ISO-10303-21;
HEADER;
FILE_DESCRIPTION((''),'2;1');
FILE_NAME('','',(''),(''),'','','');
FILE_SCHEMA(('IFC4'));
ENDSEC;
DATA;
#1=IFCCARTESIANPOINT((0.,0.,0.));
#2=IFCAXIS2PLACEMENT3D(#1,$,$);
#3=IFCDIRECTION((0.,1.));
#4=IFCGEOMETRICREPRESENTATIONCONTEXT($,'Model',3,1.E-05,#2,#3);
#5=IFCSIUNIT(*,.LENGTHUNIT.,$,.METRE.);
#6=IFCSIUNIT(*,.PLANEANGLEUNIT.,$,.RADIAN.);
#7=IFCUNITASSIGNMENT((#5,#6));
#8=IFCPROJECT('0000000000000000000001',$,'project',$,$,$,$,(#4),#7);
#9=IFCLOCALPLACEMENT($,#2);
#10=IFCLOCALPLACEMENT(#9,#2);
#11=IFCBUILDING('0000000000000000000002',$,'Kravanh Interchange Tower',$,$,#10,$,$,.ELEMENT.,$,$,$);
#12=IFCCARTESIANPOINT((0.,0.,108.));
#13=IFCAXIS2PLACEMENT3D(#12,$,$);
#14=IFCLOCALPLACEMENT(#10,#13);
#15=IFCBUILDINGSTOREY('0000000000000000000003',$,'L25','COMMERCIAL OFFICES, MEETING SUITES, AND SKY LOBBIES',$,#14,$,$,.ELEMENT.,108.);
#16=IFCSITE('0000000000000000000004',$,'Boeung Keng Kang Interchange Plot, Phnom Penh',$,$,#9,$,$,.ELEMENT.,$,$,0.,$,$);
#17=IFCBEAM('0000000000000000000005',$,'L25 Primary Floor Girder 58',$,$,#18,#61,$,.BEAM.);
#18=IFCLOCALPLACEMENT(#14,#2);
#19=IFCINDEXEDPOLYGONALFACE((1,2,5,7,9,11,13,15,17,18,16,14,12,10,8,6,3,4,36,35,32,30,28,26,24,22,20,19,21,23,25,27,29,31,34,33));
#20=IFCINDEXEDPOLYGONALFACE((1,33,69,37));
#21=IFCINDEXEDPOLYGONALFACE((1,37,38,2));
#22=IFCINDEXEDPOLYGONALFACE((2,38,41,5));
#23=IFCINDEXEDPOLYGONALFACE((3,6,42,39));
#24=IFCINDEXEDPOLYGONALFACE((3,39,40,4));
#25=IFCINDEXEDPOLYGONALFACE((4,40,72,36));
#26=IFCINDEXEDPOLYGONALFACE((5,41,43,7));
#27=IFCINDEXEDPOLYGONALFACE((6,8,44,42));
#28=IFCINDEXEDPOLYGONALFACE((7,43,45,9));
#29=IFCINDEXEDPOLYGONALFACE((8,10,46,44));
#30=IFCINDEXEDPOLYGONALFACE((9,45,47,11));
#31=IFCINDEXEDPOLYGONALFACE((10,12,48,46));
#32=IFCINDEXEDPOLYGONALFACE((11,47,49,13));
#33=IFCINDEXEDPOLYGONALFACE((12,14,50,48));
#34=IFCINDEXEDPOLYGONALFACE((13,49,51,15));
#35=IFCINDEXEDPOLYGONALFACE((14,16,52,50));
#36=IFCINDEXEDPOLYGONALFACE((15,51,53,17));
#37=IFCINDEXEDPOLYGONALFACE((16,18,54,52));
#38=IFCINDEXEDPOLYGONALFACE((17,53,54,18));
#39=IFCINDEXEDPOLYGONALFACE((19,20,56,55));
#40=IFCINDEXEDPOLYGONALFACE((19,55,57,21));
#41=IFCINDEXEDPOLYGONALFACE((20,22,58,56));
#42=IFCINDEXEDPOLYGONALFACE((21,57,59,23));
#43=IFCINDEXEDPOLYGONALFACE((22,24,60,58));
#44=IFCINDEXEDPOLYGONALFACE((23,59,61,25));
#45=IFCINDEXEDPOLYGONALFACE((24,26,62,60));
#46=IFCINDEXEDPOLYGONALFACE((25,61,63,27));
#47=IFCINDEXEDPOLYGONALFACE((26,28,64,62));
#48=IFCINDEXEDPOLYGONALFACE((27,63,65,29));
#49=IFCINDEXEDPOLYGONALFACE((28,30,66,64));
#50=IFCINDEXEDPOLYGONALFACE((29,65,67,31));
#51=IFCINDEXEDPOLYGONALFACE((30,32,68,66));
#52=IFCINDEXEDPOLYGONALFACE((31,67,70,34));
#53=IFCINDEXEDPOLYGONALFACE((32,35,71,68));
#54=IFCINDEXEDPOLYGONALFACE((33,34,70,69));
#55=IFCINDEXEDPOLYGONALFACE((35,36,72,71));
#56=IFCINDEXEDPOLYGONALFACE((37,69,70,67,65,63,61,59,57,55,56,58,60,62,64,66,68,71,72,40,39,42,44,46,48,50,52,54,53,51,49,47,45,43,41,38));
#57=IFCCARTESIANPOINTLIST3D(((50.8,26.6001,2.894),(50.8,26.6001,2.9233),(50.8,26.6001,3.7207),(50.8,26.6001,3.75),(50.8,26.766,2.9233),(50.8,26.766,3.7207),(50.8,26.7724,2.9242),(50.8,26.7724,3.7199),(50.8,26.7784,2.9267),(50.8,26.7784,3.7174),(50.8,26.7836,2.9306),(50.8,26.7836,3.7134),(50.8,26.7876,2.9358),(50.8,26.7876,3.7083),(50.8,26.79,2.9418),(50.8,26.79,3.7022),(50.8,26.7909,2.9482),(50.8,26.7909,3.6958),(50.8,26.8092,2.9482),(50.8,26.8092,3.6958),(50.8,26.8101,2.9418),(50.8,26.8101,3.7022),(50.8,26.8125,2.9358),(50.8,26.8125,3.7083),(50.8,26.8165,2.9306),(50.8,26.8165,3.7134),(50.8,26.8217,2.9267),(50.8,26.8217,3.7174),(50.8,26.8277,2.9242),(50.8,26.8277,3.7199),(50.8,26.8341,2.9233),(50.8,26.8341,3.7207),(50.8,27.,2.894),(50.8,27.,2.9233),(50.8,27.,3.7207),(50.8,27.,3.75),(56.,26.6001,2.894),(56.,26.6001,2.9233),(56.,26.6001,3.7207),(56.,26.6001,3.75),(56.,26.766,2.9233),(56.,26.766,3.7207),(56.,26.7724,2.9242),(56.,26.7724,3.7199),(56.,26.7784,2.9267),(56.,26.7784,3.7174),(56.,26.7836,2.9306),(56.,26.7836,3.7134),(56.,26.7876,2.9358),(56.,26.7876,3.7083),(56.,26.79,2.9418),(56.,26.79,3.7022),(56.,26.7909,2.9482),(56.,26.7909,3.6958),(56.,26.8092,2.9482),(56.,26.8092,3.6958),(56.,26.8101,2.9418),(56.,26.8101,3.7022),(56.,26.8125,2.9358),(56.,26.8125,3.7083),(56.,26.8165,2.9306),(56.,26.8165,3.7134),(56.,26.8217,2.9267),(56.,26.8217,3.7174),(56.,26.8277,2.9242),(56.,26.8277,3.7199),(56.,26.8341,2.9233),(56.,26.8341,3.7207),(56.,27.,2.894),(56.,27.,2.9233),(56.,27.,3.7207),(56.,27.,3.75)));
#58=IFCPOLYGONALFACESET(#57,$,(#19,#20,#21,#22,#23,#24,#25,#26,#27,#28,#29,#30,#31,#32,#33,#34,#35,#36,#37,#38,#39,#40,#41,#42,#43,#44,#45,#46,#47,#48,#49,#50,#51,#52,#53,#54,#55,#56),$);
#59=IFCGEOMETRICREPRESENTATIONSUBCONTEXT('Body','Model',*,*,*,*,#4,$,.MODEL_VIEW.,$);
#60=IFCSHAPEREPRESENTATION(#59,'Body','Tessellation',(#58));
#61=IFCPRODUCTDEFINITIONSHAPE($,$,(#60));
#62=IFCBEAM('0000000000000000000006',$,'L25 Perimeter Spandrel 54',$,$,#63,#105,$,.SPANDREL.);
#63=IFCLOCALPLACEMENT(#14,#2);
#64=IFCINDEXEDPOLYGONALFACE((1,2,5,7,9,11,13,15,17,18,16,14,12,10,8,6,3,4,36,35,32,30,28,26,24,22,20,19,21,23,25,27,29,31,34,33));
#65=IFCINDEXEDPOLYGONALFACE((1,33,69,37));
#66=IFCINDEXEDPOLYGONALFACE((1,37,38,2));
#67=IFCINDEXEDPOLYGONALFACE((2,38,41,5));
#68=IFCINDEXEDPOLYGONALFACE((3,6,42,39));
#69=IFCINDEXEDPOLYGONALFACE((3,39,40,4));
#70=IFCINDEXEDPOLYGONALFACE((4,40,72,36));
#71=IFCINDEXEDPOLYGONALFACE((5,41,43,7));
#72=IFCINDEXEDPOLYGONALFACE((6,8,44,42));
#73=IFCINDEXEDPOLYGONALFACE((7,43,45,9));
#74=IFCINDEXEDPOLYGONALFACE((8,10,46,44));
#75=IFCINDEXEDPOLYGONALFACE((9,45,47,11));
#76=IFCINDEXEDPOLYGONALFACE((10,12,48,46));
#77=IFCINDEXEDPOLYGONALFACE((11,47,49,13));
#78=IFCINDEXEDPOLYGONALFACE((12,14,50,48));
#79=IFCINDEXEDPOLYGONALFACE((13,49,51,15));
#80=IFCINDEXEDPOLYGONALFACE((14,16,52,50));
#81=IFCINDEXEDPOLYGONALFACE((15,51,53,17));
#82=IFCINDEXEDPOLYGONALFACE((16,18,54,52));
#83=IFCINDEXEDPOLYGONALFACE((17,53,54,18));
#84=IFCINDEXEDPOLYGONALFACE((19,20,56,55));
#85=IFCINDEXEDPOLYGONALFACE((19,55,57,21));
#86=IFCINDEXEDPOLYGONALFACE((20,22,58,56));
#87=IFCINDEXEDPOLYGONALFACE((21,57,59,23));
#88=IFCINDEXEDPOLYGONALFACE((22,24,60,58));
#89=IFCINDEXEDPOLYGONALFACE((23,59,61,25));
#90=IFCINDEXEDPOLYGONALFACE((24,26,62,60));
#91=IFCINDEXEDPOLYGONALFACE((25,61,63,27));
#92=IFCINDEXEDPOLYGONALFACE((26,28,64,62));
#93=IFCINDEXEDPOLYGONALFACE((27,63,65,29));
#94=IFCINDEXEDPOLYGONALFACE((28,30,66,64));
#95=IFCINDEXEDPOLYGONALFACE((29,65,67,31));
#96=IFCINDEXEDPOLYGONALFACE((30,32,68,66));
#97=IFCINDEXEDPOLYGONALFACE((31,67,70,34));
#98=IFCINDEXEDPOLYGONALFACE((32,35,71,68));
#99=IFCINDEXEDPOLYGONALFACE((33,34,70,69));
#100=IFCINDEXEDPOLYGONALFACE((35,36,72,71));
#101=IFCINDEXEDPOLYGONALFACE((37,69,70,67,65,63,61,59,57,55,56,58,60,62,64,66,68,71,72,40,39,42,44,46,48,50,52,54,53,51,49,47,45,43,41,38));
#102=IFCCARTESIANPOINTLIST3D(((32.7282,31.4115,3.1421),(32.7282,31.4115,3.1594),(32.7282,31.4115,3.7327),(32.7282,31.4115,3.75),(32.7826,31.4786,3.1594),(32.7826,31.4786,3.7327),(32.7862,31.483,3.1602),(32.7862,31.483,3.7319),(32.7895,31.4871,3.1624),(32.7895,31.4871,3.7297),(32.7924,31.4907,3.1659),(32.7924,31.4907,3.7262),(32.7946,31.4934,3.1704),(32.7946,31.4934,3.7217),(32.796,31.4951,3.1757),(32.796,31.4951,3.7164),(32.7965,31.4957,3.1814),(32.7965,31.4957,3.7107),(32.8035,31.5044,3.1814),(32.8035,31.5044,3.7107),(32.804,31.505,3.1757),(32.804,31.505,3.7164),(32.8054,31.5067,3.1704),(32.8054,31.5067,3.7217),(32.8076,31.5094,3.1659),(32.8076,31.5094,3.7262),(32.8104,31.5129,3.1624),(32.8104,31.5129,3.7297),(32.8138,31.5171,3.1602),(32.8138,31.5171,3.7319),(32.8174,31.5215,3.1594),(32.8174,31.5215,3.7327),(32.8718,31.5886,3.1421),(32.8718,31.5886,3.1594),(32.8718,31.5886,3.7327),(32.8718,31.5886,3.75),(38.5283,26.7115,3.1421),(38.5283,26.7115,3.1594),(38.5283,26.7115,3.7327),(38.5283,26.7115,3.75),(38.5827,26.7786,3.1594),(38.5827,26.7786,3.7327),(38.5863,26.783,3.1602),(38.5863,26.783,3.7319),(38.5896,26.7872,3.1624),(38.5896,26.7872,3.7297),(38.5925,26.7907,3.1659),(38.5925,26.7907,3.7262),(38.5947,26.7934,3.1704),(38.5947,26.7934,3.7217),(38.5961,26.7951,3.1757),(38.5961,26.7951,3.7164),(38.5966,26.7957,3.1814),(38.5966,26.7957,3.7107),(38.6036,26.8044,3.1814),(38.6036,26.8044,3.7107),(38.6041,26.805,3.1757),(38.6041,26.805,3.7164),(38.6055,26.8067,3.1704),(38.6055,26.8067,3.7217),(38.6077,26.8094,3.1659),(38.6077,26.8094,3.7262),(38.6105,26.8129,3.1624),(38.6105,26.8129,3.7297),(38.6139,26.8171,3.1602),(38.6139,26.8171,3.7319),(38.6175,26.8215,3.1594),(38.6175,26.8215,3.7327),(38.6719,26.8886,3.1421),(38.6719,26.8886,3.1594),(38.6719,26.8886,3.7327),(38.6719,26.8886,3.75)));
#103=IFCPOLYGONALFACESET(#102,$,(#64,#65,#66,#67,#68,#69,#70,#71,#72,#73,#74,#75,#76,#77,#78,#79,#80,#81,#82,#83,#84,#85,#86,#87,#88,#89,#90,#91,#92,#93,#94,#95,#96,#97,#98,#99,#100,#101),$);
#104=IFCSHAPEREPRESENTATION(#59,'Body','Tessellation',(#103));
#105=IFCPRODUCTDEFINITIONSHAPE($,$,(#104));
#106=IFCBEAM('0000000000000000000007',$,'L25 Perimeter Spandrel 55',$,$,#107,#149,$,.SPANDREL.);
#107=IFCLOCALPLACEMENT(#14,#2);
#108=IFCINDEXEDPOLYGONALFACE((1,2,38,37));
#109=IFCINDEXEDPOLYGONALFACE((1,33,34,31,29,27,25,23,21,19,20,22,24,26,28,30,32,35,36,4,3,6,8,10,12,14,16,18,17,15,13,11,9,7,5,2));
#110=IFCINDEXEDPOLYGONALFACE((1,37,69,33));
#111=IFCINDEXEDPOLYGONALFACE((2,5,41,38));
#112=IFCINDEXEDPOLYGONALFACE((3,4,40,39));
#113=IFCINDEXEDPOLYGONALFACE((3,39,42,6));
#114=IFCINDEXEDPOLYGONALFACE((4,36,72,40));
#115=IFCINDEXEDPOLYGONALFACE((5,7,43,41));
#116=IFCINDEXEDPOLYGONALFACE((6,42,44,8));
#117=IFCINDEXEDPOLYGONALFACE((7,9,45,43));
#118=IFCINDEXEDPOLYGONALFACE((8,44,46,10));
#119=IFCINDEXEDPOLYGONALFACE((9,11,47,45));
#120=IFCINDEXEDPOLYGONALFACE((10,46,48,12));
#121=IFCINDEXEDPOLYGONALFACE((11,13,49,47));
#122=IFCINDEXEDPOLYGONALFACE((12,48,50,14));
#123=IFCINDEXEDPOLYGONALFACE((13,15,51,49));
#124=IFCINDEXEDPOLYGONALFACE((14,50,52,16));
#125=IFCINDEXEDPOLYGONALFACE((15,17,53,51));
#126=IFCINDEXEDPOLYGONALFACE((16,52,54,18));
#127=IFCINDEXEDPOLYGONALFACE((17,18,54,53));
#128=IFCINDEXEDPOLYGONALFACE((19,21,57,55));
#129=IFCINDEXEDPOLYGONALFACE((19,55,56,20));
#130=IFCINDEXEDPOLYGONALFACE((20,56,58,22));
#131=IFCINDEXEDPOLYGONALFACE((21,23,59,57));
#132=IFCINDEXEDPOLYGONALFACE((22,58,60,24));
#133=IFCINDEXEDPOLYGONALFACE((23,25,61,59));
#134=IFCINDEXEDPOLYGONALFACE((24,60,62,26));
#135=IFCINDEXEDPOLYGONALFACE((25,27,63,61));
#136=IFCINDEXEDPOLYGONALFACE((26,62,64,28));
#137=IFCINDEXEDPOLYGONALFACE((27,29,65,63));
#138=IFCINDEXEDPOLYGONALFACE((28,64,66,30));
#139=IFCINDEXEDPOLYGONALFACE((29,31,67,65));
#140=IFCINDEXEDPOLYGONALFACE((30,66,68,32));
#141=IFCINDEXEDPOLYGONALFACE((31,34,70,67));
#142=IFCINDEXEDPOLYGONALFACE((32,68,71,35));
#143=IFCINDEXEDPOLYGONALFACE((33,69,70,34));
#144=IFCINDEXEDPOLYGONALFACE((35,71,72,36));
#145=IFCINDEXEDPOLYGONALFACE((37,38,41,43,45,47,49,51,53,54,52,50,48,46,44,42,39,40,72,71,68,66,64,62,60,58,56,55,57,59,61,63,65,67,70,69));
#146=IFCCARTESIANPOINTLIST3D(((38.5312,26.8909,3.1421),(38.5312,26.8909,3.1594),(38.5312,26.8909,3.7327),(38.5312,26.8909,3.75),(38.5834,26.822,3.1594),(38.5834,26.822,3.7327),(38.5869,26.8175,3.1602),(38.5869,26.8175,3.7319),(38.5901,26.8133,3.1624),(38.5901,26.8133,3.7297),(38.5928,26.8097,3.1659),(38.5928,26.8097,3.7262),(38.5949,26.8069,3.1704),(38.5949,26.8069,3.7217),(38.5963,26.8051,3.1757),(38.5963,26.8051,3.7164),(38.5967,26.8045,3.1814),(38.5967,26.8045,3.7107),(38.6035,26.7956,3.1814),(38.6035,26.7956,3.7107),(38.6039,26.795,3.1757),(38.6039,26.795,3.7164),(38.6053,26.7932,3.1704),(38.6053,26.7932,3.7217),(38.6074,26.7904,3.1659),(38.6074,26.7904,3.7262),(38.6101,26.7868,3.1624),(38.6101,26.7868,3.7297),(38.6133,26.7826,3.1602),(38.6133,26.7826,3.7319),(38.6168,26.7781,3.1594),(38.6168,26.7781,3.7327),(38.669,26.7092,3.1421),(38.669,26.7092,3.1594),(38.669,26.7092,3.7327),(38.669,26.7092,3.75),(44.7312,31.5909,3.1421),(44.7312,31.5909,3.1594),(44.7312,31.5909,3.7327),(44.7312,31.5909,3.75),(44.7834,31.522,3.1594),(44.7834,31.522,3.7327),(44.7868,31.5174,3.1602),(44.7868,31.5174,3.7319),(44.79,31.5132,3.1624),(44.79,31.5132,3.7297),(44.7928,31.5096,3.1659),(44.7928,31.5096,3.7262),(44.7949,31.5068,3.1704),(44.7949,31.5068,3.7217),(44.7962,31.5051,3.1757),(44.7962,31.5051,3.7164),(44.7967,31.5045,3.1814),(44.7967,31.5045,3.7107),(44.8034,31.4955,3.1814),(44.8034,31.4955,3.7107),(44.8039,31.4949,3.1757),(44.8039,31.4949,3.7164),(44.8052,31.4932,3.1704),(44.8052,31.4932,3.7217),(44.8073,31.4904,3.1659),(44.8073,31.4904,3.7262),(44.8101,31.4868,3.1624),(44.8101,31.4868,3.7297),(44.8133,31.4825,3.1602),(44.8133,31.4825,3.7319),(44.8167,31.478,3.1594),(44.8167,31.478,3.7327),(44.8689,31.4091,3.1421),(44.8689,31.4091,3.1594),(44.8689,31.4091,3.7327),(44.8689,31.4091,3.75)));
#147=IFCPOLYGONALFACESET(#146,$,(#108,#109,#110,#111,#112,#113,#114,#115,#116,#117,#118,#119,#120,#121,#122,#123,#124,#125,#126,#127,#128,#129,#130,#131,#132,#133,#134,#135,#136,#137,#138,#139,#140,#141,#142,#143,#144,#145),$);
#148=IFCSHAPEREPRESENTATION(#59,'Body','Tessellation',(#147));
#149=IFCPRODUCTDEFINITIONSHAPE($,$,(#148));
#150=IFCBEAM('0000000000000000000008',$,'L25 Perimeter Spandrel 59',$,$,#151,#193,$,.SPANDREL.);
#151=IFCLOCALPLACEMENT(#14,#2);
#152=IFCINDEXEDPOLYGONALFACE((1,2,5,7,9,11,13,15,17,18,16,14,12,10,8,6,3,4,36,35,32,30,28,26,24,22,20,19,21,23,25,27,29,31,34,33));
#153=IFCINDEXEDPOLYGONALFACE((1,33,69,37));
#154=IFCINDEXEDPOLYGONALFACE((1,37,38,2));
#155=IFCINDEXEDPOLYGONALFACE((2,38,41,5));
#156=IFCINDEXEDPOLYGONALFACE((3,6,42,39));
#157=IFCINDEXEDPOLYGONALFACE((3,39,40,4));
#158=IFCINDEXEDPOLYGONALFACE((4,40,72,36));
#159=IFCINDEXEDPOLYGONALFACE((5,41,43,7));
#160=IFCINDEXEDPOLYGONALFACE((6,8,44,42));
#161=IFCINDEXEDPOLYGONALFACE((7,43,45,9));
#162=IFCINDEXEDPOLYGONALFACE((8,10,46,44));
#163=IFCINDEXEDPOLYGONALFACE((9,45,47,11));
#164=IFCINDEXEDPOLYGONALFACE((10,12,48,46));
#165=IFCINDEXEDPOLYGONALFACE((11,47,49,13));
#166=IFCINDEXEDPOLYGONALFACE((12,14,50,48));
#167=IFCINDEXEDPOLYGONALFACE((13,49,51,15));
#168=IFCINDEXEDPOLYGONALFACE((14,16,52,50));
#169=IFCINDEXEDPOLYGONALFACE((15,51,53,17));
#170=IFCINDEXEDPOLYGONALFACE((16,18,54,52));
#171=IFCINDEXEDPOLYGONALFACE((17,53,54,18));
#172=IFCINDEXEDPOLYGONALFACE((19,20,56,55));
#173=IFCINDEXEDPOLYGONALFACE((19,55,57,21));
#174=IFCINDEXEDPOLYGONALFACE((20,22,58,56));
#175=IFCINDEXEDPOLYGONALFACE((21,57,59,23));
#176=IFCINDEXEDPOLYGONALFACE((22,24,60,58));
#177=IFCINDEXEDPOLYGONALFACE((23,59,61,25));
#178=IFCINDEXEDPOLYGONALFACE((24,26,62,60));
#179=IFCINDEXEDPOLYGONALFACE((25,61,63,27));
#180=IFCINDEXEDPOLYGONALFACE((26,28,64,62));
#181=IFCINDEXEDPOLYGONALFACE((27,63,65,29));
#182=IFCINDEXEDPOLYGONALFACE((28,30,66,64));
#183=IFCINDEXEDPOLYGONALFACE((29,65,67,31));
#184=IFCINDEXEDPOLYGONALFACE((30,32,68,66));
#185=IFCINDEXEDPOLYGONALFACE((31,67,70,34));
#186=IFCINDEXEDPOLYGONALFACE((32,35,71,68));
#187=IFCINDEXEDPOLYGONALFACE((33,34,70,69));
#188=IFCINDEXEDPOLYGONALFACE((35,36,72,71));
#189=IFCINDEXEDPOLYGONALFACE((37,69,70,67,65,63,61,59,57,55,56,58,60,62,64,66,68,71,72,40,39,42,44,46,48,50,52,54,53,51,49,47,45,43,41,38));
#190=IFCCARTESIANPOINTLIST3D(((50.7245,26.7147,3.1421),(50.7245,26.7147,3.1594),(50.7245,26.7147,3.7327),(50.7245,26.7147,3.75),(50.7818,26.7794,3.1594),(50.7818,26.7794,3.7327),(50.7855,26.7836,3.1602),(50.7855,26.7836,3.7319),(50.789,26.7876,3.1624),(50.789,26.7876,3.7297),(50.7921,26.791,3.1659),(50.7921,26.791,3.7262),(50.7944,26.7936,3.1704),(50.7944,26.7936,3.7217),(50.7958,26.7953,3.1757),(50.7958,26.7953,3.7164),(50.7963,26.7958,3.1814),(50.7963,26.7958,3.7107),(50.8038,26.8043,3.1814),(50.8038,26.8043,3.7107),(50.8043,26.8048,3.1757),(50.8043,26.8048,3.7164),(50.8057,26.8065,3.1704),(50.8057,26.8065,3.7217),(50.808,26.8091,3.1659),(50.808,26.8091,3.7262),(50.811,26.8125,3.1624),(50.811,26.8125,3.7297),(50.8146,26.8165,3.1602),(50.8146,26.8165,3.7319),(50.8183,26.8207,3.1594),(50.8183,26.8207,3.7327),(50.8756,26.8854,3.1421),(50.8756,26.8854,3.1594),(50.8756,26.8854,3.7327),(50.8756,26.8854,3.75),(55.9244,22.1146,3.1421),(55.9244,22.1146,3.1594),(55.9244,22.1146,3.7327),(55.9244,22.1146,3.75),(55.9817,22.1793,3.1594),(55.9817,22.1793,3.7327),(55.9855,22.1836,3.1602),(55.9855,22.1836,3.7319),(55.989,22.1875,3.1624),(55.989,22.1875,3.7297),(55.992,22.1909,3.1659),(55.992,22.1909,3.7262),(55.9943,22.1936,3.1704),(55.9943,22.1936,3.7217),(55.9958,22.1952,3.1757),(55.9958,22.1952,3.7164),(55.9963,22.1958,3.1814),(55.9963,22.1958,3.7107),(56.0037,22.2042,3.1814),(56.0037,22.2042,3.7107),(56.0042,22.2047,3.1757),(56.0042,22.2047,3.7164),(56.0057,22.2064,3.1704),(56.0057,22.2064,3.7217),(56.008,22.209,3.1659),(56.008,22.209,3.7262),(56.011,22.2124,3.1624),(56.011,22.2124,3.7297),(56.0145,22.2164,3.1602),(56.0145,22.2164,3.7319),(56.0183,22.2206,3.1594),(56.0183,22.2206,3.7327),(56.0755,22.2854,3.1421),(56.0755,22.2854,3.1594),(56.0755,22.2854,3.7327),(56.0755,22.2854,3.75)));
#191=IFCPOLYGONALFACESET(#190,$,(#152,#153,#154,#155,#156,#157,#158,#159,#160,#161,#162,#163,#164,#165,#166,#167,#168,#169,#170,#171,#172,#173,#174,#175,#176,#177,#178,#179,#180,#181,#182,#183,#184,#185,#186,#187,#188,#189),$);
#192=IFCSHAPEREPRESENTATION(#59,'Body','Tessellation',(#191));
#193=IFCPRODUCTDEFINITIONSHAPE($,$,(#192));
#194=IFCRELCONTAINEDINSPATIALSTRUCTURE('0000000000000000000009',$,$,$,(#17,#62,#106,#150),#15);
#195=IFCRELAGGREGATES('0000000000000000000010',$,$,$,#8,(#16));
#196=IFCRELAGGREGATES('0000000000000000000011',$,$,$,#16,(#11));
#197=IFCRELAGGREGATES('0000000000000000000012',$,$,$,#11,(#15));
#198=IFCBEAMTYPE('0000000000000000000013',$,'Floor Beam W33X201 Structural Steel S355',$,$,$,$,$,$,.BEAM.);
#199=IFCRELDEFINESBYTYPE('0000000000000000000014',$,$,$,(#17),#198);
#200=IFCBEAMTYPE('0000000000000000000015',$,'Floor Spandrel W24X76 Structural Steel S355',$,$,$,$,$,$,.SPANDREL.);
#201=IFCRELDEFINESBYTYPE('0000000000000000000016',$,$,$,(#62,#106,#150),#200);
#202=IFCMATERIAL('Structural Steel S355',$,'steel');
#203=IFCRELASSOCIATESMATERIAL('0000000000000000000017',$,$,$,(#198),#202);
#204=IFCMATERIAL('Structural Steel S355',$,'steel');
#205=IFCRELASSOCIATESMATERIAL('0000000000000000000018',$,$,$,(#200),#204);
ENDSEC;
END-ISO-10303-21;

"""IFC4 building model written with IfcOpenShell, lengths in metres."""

from ifc_helpers import new_model, si_unit, direction, frame, origin, origin_2d, place, context, subcontext, project, spatial, i_section, extrude, material, material_profile, profile_set, type_object, element, save


model = new_model("IFC4")

# Units and contexts
model_context = context("Model", 3, precision=1e-05, world=origin(), true_north=direction((0.0, 1.0)))
body_context = subcontext(model_context, "Body", "Model", "MODEL_VIEW")
ifc_project = project(units=[si_unit("LENGTHUNIT", "METRE"), si_unit("PLANEANGLEUNIT", "RADIAN")], contexts=[model_context])

# Site, building, storey
site_placement = place(None, origin())
site = spatial("IfcSite", under=ifc_project, at=site_placement, Name="Boeung Keng Kang Interchange Plot, Phnom Penh", CompositionType="ELEMENT", RefElevation=0.0)
building_placement = place(site_placement, origin())
building = spatial("IfcBuilding", under=site, at=building_placement, Name="Kravanh Interchange Tower", CompositionType="ELEMENT")
storey_placement = place(building_placement, frame((0.0, 0.0, 108.0)))
storey = spatial("IfcBuildingStorey", under=building, at=storey_placement, Name="L25", Description="COMMERCIAL OFFICES, MEETING SUITES, AND SKY LOBBIES", CompositionType="ELEMENT", Elevation=108.0)

# Beams
ifc_material_1 = material(Name="Structural Steel S355", Category="steel")
ifc_material_profile_1 = material_profile(ifc_material_1, i_section(OverallWidth=0.3999, OverallDepth=0.856, WebThickness=0.0183, FlangeThickness=0.0293, FilletRadius=0.0249, at=origin_2d()), Name="W33X201")
ifc_profile_set_1 = profile_set([ifc_material_profile_1], Name="Structural Steel S355")
beam_type_1 = type_object("IfcBeamType", Name="Floor Beam W33X201 Structural Steel S355", PredefinedType="BEAM", material=ifc_profile_set_1)
beam_1_placement = place(storey_placement, frame((50.8, 26.8, 3.322), z_axis=(1.0, 0.0, 0.0), x_axis=(0.0, 1.0, 0.0)))
element("IfcBeam", 1, at=beam_1_placement, inside=storey, type_object=beam_type_1, Name="L25 Primary Floor Girder 58", PredefinedType="BEAM", context=body_context, shape_type="SweptSolid", body=[
    extrude(i_section(OverallWidth=0.3999, OverallDepth=0.856, WebThickness=0.0183, FlangeThickness=0.0293, FilletRadius=0.0249, at=origin_2d()), origin(), (0.0, 0.0, 1.0), 5.2),
])
ifc_material_2 = material(Name="Structural Steel S355", Category="steel")
ifc_material_profile_2 = material_profile(ifc_material_2, i_section(OverallWidth=0.228, OverallDepth=0.6079, WebThickness=0.0112, FlangeThickness=0.0173, FilletRadius=0.022, at=origin_2d()), Name="W24X76")
ifc_profile_set_2 = profile_set([ifc_material_profile_2], Name="Structural Steel S355")
beam_type_2 = type_object("IfcBeamType", Name="Floor Spandrel W24X76 Structural Steel S355", PredefinedType="SPANDREL", material=ifc_profile_set_2)
beam_2_placement = place(storey_placement, frame((38.6001, 26.8, 3.446), z_axis=(-0.776939, 0.629576, 0.0), x_axis=(-0.629576, -0.776939, 0.0)))
element("IfcBeam", 2, at=beam_2_placement, inside=storey, type_object=beam_type_2, Name="L25 Perimeter Spandrel 54", PredefinedType="SPANDREL", context=body_context, shape_type="SweptSolid", body=[
    extrude(i_section(OverallWidth=0.228, OverallDepth=0.6079, WebThickness=0.0112, FlangeThickness=0.0173, FilletRadius=0.022, at=origin_2d()), origin(), (0.0, 0.0, 1.0), 7.4653),
])
beam_3_placement = place(storey_placement, frame((38.6001, 26.8, 3.446), z_axis=(0.796905, 0.604104, 0.0), x_axis=(-0.604104, 0.796905, 0.0)))
element("IfcBeam", 3, at=beam_3_placement, inside=storey, type_object=beam_type_2, Name="L25 Perimeter Spandrel 55", PredefinedType="SPANDREL", context=body_context, shape_type="SweptSolid", body=[
    extrude(i_section(OverallWidth=0.228, OverallDepth=0.6079, WebThickness=0.0112, FlangeThickness=0.0173, FilletRadius=0.022, at=origin_2d()), origin(), (0.0, 0.0, 1.0), 7.78),
])
beam_4_placement = place(storey_placement, frame((50.8, 26.8, 3.446), z_axis=(0.748986, -0.662585, 0.0), x_axis=(0.662585, 0.748986, 0.0)))
element("IfcBeam", 4, at=beam_4_placement, inside=storey, type_object=beam_type_2, Name="L25 Perimeter Spandrel 59", PredefinedType="SPANDREL", context=body_context, shape_type="SweptSolid", body=[
    extrude(i_section(OverallWidth=0.228, OverallDepth=0.6079, WebThickness=0.0112, FlangeThickness=0.0173, FilletRadius=0.022, at=origin_2d()), origin(), (0.0, 0.0, 1.0), 6.9426),
])

save(model, "model.ifc")
